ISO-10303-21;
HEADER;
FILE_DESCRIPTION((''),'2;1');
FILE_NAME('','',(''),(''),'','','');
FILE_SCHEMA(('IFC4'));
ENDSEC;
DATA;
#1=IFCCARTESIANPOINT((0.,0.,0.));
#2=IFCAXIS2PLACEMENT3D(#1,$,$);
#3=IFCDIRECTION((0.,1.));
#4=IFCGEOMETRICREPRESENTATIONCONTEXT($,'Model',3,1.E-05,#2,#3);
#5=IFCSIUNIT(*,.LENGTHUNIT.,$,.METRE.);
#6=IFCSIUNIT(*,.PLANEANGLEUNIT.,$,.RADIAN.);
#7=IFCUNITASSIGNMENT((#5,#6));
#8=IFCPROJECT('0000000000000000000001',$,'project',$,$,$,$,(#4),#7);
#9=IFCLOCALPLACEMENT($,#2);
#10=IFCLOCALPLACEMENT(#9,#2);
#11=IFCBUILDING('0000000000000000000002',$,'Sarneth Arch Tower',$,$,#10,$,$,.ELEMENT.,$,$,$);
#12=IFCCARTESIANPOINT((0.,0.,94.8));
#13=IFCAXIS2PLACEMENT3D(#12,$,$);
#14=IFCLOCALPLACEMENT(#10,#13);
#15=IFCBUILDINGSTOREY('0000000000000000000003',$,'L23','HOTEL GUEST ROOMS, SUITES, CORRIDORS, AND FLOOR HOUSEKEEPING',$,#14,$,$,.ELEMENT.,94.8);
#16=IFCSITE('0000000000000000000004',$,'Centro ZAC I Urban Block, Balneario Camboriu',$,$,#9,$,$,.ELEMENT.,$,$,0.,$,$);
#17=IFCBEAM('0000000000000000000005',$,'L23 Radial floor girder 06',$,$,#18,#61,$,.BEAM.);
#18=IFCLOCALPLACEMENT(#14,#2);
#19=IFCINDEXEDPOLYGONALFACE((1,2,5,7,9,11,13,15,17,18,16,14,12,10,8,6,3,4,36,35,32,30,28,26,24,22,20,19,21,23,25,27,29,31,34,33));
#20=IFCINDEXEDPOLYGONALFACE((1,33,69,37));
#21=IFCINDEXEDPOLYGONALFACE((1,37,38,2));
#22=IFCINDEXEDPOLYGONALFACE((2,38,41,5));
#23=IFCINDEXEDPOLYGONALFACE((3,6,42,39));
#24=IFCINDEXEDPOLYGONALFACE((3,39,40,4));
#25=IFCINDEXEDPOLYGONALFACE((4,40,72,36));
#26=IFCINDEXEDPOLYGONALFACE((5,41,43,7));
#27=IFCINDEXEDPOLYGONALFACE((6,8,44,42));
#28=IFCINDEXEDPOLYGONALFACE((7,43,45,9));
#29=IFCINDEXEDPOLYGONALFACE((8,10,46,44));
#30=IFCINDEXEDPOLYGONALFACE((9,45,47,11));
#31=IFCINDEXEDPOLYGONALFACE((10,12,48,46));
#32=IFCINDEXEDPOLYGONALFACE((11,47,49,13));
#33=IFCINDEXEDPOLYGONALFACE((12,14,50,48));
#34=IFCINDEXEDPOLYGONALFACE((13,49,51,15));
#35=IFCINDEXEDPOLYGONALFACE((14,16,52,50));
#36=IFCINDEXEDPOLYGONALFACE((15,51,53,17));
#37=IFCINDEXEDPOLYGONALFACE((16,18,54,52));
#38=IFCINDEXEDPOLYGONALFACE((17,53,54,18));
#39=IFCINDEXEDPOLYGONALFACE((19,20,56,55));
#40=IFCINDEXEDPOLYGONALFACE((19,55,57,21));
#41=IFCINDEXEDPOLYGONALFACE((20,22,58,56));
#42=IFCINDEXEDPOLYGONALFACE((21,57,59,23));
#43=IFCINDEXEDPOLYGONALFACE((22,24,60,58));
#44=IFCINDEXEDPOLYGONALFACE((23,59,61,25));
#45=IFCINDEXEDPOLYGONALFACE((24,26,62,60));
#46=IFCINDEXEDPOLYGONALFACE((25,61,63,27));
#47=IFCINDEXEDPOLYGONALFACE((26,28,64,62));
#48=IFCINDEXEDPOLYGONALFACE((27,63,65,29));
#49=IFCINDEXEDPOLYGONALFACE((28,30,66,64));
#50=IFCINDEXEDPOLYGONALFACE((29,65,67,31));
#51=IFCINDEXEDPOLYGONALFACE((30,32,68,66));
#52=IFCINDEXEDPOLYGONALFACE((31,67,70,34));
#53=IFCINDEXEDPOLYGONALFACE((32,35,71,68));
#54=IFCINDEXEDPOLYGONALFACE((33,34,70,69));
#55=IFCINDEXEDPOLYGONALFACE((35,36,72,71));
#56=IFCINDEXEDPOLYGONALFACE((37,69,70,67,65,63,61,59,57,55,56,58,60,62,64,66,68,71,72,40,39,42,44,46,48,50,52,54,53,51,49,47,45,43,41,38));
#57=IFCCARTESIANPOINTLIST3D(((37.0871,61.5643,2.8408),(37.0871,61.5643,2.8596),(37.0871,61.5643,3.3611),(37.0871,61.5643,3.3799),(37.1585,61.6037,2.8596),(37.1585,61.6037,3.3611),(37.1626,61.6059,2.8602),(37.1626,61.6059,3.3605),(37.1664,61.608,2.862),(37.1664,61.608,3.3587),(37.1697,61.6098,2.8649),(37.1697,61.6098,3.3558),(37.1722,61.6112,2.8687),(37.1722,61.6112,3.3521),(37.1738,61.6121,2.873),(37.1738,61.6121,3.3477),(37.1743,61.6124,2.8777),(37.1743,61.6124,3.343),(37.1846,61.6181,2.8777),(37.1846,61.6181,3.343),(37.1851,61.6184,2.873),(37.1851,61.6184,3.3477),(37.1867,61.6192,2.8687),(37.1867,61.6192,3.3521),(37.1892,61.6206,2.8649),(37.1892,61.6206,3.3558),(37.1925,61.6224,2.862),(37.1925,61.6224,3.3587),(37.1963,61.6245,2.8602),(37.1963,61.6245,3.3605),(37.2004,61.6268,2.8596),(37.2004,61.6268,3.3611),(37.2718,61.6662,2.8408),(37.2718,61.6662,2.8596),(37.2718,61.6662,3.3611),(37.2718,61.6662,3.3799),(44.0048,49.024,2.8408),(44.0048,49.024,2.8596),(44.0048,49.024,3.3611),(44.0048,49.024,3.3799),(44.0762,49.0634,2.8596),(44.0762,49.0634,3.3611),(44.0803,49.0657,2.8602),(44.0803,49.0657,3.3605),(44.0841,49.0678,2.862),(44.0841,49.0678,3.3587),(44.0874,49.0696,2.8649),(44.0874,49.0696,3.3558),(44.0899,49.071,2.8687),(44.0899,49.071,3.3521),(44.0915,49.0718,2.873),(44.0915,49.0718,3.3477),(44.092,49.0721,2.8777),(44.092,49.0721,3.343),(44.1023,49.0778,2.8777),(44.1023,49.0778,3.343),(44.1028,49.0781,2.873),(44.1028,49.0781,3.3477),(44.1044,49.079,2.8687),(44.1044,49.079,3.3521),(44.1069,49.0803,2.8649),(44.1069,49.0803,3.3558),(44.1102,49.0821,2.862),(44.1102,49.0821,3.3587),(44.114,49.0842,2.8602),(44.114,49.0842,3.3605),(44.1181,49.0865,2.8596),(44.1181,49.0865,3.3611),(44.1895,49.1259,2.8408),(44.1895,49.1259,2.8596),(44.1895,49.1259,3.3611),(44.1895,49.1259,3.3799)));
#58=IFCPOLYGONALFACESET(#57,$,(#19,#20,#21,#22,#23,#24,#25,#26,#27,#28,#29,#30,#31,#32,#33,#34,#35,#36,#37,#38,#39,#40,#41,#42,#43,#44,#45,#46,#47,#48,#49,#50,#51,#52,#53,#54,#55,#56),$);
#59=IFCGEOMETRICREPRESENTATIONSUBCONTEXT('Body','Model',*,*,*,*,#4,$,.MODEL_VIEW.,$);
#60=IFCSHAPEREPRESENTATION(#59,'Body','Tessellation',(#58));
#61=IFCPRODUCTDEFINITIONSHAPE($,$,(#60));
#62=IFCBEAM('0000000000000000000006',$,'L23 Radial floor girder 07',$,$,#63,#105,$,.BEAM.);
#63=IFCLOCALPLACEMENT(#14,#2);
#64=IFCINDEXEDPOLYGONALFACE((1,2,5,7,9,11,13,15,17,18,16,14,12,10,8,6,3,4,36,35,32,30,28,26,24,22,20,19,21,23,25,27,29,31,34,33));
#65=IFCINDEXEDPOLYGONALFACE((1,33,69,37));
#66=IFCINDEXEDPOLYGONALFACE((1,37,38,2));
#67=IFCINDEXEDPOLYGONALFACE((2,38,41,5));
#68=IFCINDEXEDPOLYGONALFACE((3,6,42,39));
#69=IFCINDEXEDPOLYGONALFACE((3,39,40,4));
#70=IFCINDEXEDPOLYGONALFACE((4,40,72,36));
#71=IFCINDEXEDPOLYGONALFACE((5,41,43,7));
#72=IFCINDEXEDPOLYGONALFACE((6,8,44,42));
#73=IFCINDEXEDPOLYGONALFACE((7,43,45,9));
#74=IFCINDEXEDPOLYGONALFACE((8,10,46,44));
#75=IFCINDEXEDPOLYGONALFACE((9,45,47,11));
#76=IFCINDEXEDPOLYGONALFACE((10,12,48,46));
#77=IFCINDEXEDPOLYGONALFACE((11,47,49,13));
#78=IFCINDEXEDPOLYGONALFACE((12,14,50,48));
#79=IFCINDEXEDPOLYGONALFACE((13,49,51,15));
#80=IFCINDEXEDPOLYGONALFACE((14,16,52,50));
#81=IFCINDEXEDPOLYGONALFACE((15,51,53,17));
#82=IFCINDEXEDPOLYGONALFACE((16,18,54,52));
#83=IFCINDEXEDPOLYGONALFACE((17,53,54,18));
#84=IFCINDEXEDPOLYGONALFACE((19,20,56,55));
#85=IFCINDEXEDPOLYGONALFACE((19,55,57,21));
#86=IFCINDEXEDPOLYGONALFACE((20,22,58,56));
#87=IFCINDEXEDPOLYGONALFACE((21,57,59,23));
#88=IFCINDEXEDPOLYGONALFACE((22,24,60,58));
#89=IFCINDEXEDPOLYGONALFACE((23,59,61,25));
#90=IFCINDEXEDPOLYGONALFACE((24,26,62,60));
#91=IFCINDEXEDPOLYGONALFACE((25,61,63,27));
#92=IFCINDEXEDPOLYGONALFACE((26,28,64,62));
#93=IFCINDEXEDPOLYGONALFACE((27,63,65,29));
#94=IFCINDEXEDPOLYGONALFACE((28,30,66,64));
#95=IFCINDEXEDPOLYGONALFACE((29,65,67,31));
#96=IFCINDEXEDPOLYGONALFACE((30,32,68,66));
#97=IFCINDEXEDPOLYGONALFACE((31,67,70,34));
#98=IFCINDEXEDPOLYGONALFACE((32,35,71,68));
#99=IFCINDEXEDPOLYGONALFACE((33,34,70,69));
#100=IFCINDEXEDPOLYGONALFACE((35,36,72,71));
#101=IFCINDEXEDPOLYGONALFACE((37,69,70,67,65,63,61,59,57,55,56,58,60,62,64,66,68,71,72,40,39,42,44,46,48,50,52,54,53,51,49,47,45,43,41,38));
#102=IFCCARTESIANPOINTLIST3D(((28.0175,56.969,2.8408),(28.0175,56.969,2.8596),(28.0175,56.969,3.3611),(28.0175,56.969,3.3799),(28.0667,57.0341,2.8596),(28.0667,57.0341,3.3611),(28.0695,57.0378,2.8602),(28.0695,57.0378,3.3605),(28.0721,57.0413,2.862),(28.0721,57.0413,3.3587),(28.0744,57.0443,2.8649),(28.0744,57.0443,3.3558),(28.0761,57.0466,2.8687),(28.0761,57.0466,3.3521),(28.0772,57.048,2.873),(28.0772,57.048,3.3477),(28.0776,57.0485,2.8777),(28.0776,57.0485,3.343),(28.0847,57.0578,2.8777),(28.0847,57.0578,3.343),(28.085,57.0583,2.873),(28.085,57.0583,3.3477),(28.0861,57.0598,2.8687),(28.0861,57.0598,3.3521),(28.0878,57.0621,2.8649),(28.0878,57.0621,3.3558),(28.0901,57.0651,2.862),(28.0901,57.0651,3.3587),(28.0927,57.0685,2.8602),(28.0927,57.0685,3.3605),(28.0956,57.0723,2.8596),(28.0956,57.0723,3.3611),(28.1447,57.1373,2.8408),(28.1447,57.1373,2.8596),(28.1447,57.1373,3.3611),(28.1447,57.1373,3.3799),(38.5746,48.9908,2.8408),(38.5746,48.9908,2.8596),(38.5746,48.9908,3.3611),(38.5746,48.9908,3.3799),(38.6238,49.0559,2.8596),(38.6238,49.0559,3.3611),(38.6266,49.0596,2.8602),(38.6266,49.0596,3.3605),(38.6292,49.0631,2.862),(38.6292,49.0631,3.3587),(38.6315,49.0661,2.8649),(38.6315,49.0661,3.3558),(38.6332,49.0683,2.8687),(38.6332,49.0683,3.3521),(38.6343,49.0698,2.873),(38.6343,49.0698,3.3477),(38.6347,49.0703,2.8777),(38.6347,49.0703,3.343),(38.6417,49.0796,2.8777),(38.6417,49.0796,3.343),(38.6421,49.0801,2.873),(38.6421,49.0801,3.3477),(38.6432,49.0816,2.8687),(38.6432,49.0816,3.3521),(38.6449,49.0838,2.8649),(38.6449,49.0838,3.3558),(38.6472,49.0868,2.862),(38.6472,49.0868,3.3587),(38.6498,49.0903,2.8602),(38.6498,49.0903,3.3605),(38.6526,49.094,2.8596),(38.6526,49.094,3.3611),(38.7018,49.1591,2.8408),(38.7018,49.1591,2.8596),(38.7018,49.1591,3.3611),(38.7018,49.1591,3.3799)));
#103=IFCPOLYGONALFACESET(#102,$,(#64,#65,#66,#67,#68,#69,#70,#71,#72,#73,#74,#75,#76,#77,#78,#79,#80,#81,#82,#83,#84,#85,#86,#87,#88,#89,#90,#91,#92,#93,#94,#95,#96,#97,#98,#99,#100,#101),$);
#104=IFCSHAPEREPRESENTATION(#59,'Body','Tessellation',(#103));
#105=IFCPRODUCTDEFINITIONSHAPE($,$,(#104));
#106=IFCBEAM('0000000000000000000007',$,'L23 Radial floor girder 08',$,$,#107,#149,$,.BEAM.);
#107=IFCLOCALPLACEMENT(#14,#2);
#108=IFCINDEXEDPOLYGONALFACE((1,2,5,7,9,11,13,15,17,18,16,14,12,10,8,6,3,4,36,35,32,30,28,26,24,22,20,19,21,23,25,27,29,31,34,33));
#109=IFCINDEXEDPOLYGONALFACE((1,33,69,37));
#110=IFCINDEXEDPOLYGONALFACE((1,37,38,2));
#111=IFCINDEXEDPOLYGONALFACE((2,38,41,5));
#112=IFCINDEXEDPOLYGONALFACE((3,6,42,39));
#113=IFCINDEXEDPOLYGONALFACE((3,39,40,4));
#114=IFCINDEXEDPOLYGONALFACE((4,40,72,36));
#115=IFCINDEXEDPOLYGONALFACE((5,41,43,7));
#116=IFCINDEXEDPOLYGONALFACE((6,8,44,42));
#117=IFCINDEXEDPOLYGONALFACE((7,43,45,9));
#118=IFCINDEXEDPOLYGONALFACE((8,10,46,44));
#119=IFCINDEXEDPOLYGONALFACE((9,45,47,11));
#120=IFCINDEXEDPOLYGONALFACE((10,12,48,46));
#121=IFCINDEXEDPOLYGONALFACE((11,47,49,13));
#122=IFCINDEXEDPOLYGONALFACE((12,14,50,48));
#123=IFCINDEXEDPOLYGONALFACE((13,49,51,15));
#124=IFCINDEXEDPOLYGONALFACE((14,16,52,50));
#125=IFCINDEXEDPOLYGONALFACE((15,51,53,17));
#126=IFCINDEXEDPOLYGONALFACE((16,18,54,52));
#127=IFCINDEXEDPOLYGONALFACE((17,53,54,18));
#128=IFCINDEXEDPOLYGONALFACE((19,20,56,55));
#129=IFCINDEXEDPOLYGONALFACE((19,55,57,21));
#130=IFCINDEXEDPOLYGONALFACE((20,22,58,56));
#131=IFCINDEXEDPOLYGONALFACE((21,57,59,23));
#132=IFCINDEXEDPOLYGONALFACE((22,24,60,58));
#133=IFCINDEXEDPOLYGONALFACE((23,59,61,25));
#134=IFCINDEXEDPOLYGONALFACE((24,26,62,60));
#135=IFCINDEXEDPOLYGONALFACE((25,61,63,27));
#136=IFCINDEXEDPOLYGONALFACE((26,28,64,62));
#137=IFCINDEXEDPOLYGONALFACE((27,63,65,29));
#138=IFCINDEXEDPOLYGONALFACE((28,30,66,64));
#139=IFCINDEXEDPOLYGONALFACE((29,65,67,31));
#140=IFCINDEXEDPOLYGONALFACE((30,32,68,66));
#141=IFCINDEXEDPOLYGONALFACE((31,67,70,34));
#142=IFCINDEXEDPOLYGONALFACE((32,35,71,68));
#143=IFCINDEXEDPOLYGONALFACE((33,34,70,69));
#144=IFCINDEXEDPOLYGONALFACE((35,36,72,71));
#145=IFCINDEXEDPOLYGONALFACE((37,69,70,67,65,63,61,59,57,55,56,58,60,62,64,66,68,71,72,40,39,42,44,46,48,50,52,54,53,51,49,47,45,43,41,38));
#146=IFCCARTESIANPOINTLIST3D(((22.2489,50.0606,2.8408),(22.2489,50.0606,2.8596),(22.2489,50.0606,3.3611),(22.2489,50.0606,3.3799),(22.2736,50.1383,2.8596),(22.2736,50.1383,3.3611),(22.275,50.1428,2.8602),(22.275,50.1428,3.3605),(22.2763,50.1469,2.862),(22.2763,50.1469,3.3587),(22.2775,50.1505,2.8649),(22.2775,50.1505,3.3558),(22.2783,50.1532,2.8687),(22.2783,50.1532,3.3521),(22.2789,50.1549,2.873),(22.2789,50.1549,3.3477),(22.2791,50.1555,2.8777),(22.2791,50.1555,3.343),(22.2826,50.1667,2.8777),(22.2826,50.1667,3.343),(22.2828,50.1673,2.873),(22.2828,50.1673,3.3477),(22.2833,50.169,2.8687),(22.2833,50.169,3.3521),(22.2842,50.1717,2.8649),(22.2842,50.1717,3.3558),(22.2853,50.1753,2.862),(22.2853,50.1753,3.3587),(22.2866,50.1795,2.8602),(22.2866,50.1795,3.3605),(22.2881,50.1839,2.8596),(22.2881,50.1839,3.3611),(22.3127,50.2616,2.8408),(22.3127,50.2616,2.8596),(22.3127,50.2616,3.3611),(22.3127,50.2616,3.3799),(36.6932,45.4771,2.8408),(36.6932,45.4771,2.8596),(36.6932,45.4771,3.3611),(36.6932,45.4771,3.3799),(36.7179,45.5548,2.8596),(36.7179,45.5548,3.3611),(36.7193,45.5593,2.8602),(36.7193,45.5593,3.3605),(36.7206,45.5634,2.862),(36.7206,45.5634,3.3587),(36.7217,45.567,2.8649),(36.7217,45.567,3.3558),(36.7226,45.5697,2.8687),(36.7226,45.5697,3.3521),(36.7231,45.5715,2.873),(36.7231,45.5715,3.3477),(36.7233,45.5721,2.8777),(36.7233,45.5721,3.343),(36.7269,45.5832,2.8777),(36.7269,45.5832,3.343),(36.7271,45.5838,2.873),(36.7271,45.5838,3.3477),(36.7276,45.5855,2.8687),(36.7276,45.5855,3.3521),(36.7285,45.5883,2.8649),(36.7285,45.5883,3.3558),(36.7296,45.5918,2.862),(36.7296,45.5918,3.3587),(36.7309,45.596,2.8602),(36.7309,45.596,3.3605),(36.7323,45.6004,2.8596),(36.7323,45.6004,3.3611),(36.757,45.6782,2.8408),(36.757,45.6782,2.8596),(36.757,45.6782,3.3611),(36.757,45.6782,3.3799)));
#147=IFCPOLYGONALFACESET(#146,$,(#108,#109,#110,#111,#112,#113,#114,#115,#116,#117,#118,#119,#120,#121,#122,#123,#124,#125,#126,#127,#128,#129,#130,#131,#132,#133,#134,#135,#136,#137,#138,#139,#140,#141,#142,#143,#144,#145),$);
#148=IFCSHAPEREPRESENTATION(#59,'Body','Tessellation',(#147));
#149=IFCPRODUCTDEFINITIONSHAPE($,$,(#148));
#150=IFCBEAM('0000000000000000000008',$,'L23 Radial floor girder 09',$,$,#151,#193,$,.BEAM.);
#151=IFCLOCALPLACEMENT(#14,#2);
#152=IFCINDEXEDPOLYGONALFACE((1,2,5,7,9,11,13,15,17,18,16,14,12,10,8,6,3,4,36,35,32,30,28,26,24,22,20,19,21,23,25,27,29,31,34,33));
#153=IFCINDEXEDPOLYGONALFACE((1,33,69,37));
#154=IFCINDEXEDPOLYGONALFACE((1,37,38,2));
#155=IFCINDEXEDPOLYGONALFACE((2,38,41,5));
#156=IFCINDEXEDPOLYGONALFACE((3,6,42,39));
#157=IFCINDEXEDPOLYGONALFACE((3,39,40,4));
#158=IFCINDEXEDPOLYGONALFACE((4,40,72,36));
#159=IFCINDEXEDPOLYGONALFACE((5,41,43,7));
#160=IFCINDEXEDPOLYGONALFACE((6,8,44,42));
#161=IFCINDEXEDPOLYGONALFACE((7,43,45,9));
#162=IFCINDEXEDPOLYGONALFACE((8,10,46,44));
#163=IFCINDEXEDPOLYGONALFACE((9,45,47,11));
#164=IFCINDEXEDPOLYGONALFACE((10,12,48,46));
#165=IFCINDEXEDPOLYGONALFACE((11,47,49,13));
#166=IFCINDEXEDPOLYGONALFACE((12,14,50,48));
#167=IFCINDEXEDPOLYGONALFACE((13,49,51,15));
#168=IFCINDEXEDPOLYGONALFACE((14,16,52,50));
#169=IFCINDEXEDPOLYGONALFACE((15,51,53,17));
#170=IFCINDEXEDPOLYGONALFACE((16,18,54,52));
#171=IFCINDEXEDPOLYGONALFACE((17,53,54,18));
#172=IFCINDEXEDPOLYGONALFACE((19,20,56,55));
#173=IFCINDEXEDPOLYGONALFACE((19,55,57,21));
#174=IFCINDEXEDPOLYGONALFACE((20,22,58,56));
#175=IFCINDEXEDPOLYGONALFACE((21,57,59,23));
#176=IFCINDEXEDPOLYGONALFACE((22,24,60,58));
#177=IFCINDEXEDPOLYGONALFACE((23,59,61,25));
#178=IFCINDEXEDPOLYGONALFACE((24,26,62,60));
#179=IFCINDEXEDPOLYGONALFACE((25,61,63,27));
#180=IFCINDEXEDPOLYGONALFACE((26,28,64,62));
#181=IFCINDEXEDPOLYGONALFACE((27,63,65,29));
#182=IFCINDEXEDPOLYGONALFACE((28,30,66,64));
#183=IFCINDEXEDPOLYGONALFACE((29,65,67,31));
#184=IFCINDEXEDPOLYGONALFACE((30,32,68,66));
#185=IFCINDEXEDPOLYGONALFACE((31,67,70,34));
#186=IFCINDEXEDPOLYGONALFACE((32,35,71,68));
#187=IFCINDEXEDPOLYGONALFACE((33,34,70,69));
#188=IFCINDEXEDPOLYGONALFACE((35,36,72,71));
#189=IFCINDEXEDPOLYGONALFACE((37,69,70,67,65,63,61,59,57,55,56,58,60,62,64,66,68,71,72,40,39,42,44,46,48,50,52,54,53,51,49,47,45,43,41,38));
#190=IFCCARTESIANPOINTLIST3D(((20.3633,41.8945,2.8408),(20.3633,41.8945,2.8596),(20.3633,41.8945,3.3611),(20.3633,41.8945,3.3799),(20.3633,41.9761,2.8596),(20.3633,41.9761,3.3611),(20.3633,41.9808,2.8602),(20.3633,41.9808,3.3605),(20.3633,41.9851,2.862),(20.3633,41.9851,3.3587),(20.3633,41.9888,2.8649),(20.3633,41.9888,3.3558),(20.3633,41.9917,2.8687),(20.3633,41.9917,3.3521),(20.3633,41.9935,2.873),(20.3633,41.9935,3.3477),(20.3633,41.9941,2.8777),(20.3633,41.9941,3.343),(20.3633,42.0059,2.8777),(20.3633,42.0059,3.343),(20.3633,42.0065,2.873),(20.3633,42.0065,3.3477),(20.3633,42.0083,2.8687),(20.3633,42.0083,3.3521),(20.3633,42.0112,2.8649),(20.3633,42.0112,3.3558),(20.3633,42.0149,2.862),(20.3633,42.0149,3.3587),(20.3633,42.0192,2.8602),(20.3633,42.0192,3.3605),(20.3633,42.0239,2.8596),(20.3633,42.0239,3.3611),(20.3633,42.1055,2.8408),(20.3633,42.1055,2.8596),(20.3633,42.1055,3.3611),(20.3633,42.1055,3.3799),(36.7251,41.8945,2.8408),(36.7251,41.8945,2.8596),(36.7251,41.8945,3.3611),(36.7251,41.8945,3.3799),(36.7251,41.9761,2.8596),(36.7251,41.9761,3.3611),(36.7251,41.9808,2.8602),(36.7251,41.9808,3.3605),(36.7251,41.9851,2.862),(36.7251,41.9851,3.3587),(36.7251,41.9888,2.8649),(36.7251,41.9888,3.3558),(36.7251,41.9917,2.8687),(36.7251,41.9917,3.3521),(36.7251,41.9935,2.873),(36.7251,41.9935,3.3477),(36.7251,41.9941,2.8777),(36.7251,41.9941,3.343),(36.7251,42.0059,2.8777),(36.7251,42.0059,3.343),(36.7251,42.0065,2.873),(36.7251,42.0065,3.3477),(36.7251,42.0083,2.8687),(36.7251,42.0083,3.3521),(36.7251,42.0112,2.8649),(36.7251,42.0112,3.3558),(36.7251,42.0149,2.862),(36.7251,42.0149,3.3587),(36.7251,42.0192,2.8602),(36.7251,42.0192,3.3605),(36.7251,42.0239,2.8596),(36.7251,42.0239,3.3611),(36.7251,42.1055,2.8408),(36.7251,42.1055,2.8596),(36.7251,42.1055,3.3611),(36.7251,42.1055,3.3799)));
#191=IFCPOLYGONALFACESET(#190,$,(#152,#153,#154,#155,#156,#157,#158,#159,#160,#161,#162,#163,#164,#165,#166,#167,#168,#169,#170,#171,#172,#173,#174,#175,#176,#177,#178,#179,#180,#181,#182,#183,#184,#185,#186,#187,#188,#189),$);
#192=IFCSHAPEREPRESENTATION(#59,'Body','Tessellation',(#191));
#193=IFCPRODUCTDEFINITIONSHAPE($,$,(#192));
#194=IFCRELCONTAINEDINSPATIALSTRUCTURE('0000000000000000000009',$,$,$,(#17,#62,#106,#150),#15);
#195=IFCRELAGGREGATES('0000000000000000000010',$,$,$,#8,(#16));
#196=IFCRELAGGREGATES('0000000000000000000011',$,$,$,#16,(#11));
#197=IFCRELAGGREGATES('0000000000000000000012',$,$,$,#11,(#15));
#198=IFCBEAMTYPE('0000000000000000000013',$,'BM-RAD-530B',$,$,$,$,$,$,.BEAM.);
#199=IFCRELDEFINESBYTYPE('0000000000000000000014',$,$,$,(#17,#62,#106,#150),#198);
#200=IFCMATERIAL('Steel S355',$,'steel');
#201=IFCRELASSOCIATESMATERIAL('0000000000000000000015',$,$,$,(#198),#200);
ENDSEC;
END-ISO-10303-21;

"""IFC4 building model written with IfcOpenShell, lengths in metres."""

from ifc_helpers import new_model, si_unit, direction, frame, origin, origin_2d, place, context, subcontext, project, spatial, i_section, extrude, material, material_profile, profile_set, type_object, element, save


model = new_model("IFC4")

# Units and contexts
model_context = context("Model", 3, precision=1e-05, world=origin(), true_north=direction((0.0, 1.0)))
body_context = subcontext(model_context, "Body", "Model", "MODEL_VIEW")
ifc_project = project(units=[si_unit("LENGTHUNIT", "METRE"), si_unit("PLANEANGLEUNIT", "RADIAN")], contexts=[model_context])

# Site, building, storey
site_placement = place(None, origin())
site = spatial("IfcSite", under=ifc_project, at=site_placement, Name="Centro ZAC I Urban Block, Balneario Camboriu", CompositionType="ELEMENT", RefElevation=0.0)
building_placement = place(site_placement, origin())
building = spatial("IfcBuilding", under=site, at=building_placement, Name="Sarneth Arch Tower", CompositionType="ELEMENT")
storey_placement = place(building_placement, frame((0.0, 0.0, 94.8)))
storey = spatial("IfcBuildingStorey", under=building, at=storey_placement, Name="L23", Description="HOTEL GUEST ROOMS, SUITES, CORRIDORS, AND FLOOR HOUSEKEEPING", CompositionType="ELEMENT", Elevation=94.8)

# Beams
ifc_material_1 = material(Name="Steel S355", Category="steel")
ifc_material_profile = material_profile(ifc_material_1, i_section(OverallWidth=0.2109, OverallDepth=0.5391, WebThickness=0.0117, FlangeThickness=0.0188, FilletRadius=0.0181, at=origin_2d()), Name="W530x109")
ifc_profile_set = profile_set([ifc_material_profile], Name="Steel S355")
beam_type = type_object("IfcBeamType", Name="BM-RAD-530B", PredefinedType="BEAM", material=ifc_profile_set)
beam_1_placement = place(storey_placement, frame((44.0972, 49.075, 3.1104), z_axis=(-0.483021, 0.875609, 0.0), x_axis=(-0.875609, -0.483021, 0.0)))
element("IfcBeam", 1, at=beam_1_placement, inside=storey, type_object=beam_type, Name="L23 Radial floor girder 06", PredefinedType="BEAM", context=body_context, shape_type="SweptSolid", body=[
    extrude(i_section(OverallWidth=0.2109, OverallDepth=0.5391, WebThickness=0.0117, FlangeThickness=0.0188, FilletRadius=0.0181, at=origin_2d()), origin(), (0.0, 0.0, 1.0), 14.3218),
])
beam_2_placement = place(storey_placement, frame((38.6382, 49.075, 3.1104), z_axis=(-0.797803, 0.602918, 0.0), x_axis=(-0.602918, -0.797803, 0.0)))
element("IfcBeam", 2, at=beam_2_placement, inside=storey, type_object=beam_type, Name="L23 Radial floor girder 07", PredefinedType="BEAM", context=body_context, shape_type="SweptSolid", body=[
    extrude(i_section(OverallWidth=0.2109, OverallDepth=0.5391, WebThickness=0.0117, FlangeThickness=0.0188, FilletRadius=0.0181, at=origin_2d()), origin(), (0.0, 0.0, 1.0), 13.2327),
])
beam_3_placement = place(storey_placement, frame((36.7251, 45.5776, 3.1104), z_axis=(-0.953162, 0.302459, 0.0), x_axis=(-0.302459, -0.953162, 0.0)))
element("IfcBeam", 3, at=beam_3_placement, inside=storey, type_object=beam_type, Name="L23 Radial floor girder 08", PredefinedType="BEAM", context=body_context, shape_type="SweptSolid", body=[
    extrude(i_section(OverallWidth=0.2109, OverallDepth=0.5391, WebThickness=0.0117, FlangeThickness=0.0188, FilletRadius=0.0181, at=origin_2d()), origin(), (0.0, 0.0, 1.0), 15.1541),
])
beam_4_placement = place(storey_placement, frame((36.7251, 42.0, 3.1104), z_axis=(-1.0, 0.0, 0.0), x_axis=(0.0, -1.0, 0.0)))
element("IfcBeam", 4, at=beam_4_placement, inside=storey, type_object=beam_type, Name="L23 Radial floor girder 09", PredefinedType="BEAM", context=body_context, shape_type="SweptSolid", body=[
    extrude(i_section(OverallWidth=0.2109, OverallDepth=0.5391, WebThickness=0.0117, FlangeThickness=0.0188, FilletRadius=0.0181, at=origin_2d()), origin(), (0.0, 0.0, 1.0), 16.3618),
])

save(model, "model.ifc")
